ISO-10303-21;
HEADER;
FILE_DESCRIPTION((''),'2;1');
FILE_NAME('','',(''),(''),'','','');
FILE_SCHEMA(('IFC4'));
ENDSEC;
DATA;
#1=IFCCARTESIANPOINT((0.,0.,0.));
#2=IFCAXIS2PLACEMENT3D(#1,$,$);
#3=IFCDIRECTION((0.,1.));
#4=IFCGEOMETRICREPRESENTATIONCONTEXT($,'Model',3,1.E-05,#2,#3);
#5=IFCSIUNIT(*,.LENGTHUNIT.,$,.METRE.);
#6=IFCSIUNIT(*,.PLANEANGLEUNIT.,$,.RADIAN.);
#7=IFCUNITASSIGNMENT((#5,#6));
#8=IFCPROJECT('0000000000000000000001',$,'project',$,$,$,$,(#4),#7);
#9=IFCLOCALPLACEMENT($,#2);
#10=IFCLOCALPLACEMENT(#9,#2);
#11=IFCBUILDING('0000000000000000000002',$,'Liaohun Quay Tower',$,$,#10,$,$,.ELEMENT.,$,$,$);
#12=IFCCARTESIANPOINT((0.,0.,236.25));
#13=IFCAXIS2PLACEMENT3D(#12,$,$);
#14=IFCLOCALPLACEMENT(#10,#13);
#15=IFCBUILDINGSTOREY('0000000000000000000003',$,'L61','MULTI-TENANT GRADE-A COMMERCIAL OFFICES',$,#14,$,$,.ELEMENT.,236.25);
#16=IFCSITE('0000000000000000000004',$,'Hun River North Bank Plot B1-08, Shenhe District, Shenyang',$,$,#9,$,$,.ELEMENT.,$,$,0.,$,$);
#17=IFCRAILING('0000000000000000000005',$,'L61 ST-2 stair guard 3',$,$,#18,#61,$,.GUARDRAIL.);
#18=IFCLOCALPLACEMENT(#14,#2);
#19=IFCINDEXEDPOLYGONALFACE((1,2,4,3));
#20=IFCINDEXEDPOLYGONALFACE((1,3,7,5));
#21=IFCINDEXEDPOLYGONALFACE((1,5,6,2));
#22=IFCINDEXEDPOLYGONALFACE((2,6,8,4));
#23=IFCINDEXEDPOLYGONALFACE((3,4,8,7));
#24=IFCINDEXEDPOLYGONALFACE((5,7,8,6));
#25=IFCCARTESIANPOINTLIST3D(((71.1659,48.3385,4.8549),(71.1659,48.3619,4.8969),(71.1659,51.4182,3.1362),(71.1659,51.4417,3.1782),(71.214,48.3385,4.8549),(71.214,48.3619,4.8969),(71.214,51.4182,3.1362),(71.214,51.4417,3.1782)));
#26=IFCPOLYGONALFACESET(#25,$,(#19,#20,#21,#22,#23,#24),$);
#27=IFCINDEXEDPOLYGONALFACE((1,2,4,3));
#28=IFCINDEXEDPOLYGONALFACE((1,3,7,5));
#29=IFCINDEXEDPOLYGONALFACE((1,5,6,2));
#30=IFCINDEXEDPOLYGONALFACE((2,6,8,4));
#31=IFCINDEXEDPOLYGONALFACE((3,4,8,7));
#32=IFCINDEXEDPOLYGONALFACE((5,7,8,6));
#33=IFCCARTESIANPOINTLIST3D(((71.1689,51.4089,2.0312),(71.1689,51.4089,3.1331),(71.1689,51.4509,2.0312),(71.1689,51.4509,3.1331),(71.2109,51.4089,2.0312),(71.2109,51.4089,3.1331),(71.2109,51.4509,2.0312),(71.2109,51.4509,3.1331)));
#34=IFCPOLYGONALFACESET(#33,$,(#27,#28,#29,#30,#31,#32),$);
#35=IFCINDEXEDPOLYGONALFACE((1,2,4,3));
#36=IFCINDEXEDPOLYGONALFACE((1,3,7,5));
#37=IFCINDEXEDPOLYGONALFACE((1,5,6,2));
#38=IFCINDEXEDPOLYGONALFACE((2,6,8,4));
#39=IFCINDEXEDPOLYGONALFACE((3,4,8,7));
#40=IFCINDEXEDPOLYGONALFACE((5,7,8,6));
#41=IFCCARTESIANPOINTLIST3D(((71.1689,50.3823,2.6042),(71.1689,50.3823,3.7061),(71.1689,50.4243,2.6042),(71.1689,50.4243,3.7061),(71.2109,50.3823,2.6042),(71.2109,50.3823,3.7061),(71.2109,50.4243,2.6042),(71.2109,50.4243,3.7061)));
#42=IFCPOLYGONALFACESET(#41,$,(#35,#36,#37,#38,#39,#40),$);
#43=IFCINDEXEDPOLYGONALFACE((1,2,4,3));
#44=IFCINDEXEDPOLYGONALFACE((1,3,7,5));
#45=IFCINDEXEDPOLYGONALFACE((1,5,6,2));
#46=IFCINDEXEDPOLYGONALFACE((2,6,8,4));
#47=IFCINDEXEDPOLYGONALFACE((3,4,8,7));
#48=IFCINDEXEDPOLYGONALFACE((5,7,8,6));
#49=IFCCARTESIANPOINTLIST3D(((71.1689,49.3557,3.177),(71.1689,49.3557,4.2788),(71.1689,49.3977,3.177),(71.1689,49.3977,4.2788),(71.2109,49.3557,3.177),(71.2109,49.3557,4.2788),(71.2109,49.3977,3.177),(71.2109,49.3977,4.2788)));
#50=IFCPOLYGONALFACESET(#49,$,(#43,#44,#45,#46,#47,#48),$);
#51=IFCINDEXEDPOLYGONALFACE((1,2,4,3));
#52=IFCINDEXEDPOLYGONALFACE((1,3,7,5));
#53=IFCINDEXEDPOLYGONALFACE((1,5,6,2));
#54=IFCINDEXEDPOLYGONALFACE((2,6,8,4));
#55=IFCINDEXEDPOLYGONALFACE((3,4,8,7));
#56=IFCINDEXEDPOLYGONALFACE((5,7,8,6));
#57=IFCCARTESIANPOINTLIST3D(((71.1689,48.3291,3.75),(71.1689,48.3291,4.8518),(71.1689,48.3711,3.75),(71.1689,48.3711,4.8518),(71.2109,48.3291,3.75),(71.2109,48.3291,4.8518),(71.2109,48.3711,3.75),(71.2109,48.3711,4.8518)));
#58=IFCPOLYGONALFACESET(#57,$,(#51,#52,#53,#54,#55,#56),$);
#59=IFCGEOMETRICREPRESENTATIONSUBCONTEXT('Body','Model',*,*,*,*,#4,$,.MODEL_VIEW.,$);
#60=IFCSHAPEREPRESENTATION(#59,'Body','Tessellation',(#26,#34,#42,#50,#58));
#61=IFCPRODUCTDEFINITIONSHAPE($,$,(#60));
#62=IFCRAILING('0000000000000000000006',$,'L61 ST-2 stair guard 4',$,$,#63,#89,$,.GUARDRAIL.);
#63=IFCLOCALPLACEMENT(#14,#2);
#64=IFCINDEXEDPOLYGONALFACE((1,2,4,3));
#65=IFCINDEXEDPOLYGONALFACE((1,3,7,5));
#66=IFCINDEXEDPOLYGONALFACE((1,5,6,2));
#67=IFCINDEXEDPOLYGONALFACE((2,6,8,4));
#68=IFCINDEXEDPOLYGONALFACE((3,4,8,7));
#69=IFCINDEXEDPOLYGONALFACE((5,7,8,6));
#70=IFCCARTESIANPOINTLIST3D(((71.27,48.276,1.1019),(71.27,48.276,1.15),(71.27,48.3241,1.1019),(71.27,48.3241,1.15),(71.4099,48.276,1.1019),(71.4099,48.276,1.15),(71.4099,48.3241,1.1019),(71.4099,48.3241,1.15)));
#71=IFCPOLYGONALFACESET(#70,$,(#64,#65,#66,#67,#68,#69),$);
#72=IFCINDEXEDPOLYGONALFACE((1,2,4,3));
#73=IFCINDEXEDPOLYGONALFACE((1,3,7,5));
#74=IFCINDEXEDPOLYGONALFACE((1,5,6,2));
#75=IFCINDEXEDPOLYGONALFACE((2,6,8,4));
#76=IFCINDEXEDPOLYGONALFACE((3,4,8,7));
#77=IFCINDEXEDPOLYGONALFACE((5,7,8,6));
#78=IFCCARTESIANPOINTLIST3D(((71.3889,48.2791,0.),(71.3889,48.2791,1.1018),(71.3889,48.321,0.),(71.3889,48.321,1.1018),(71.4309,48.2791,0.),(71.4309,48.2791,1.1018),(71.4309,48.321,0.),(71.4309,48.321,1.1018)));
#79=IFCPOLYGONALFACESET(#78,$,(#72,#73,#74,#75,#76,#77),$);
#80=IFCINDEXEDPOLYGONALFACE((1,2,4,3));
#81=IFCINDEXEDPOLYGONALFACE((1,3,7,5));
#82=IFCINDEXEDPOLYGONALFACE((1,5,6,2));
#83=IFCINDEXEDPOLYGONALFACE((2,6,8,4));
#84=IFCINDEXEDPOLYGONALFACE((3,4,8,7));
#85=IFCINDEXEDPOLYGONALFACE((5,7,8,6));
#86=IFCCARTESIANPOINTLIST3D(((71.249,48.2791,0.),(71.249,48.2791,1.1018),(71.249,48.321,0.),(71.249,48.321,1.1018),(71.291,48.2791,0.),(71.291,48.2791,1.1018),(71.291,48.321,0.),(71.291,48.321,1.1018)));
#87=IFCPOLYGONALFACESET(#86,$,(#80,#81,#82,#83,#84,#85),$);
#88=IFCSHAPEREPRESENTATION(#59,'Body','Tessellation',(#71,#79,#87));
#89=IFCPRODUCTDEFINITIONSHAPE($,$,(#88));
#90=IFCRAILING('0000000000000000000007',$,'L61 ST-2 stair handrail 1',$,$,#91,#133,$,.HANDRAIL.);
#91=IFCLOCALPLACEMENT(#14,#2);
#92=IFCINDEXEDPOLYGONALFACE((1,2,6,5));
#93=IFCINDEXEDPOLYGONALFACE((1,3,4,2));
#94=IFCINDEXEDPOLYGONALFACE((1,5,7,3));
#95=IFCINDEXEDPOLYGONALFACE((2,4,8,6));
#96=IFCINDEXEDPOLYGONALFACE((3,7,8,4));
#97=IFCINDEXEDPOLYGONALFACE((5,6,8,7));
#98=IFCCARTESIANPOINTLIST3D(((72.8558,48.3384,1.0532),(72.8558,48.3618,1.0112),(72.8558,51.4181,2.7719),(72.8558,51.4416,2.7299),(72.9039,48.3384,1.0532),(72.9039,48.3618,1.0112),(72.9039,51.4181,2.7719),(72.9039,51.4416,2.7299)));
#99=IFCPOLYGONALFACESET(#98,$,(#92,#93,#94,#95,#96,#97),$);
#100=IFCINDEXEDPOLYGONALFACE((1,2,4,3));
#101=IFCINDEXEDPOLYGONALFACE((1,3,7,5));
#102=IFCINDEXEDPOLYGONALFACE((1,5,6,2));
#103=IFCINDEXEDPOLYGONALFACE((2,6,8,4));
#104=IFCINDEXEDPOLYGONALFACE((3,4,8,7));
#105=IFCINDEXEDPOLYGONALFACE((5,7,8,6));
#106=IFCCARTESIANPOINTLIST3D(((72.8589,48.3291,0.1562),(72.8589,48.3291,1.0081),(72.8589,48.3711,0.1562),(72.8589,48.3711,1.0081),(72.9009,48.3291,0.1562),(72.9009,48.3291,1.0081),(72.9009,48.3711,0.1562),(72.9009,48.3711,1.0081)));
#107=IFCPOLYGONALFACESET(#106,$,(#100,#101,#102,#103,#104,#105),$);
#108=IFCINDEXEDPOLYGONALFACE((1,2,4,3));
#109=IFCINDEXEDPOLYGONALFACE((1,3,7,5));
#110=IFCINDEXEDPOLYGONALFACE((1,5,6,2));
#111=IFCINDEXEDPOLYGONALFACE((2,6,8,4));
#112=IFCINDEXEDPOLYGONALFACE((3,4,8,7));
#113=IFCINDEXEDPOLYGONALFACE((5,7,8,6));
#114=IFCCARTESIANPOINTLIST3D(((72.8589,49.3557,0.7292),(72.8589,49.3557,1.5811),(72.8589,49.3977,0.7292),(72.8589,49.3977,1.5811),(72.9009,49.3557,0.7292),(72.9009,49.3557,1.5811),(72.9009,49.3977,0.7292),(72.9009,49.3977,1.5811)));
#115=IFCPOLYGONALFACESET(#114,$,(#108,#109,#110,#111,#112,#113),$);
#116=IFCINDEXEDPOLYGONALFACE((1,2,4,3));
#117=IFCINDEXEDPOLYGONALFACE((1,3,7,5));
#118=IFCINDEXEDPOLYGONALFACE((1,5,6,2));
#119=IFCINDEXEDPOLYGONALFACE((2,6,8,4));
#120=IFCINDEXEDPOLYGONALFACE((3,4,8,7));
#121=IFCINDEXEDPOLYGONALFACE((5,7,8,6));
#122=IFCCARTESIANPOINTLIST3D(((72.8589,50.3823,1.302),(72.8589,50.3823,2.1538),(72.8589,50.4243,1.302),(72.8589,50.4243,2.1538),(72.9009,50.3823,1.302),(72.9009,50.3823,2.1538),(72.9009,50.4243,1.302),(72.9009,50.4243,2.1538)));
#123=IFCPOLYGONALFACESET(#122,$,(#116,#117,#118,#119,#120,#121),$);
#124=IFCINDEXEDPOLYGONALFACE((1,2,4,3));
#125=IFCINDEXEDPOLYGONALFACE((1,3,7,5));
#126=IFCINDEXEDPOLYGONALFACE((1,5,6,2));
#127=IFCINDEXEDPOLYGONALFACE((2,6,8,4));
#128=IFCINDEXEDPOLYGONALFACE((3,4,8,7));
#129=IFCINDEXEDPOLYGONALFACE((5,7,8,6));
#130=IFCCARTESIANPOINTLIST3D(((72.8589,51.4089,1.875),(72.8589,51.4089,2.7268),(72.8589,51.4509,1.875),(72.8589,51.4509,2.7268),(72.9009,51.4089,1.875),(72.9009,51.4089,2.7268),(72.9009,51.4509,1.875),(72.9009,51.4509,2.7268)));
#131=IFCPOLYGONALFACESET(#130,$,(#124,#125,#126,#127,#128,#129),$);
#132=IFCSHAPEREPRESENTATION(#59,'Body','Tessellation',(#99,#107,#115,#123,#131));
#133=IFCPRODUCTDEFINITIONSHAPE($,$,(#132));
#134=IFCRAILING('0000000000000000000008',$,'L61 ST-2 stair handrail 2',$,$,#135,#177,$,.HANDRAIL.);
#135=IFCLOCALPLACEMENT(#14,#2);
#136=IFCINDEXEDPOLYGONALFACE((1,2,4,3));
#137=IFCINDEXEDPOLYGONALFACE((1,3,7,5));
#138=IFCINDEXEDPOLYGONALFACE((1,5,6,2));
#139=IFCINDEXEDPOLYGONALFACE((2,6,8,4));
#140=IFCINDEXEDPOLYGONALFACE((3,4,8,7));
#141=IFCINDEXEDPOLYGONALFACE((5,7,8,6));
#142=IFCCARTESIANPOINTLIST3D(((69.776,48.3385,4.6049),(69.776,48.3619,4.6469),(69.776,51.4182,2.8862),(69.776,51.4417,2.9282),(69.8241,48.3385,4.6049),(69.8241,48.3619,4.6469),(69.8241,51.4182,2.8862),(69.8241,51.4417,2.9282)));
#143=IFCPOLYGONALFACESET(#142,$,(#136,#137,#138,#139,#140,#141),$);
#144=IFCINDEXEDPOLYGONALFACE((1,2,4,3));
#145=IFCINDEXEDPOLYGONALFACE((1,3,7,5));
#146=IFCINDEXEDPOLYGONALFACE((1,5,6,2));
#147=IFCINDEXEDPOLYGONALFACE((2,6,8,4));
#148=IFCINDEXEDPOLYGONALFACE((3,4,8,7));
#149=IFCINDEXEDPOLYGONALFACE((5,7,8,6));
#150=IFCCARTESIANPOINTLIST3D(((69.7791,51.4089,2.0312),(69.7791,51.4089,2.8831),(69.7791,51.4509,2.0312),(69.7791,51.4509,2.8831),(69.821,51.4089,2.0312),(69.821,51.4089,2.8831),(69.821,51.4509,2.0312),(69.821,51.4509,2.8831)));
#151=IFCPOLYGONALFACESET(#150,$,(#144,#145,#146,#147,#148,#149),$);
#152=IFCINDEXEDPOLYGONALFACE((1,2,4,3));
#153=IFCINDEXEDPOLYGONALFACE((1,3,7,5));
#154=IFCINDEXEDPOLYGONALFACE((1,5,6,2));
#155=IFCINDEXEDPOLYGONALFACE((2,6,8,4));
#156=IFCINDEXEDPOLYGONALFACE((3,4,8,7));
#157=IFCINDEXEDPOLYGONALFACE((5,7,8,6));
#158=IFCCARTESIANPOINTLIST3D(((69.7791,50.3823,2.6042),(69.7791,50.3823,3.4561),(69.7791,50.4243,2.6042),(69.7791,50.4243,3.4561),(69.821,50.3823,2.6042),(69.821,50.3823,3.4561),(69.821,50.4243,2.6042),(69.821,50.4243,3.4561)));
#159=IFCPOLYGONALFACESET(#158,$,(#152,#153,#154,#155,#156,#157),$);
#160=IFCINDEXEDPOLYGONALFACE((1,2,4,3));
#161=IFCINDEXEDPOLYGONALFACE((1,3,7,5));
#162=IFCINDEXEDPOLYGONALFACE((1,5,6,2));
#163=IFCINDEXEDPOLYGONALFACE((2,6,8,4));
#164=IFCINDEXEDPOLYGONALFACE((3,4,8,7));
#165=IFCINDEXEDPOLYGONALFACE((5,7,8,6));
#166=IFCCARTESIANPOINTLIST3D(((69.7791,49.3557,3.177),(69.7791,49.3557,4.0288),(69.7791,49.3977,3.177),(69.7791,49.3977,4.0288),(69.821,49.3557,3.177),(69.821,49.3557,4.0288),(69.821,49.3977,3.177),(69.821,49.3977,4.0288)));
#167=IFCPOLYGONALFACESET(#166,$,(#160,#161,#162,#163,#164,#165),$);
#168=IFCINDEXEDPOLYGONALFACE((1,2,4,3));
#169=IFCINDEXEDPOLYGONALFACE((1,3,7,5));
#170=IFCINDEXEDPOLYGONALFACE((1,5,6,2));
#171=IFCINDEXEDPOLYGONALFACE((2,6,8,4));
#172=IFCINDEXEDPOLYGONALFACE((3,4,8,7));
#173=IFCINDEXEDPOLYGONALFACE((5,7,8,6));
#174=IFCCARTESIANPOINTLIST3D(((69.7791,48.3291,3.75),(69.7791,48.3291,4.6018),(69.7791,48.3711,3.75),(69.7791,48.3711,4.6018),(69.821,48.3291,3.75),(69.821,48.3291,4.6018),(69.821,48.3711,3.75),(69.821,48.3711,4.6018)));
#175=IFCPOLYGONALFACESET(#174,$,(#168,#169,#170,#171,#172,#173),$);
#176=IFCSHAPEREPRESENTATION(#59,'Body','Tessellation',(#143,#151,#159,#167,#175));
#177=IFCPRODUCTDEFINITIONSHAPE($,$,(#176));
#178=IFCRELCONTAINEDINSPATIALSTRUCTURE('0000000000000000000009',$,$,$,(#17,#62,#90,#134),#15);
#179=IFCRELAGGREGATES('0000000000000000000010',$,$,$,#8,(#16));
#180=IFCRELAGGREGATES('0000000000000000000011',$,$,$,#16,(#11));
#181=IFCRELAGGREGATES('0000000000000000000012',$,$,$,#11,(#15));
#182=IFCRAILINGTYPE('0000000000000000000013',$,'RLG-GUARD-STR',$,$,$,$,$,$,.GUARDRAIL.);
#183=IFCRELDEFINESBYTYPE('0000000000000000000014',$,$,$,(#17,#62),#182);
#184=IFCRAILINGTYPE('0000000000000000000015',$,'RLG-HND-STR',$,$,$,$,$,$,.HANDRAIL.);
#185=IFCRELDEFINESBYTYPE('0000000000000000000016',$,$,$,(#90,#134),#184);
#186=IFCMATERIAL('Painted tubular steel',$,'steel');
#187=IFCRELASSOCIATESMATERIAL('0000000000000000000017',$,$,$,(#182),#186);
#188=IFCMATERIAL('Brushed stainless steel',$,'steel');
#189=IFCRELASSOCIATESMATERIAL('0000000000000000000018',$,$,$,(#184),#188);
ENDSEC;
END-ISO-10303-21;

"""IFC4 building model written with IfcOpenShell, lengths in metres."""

from ifc_helpers import new_model, si_unit, direction, frame, origin, origin_2d, place, context, subcontext, project, spatial, rectangle, extrude, material, type_object, element, save


model = new_model("IFC4")

# Units and contexts
model_context = context("Model", 3, precision=1e-05, world=origin(), true_north=direction((0.0, 1.0)))
body_context = subcontext(model_context, "Body", "Model", "MODEL_VIEW")
ifc_project = project(units=[si_unit("LENGTHUNIT", "METRE"), si_unit("PLANEANGLEUNIT", "RADIAN")], contexts=[model_context])

# Site, building, storey
site_placement = place(None, origin())
site = spatial("IfcSite", under=ifc_project, at=site_placement, Name="Hun River North Bank Plot B1-08, Shenhe District, Shenyang", CompositionType="ELEMENT", RefElevation=0.0)
building_placement = place(site_placement, origin())
building = spatial("IfcBuilding", under=site, at=building_placement, Name="Liaohun Quay Tower", CompositionType="ELEMENT")
storey_placement = place(building_placement, frame((0.0, 0.0, 236.25)))
storey = spatial("IfcBuildingStorey", under=building, at=storey_placement, Name="L61", Description="MULTI-TENANT GRADE-A COMMERCIAL OFFICES", CompositionType="ELEMENT", Elevation=236.25)

# Railings
ifc_material_1 = material(Name="Painted tubular steel", Category="steel")
railing_type_1 = type_object("IfcRailingType", Name="RLG-GUARD-STR", PredefinedType="GUARDRAIL", material=ifc_material_1)
railing_1_placement = place(storey_placement, frame((71.1899, 51.4299, 2.0312)))
element("IfcRailing", 1, at=railing_1_placement, inside=storey, type_object=railing_type_1, Name="L61 ST-2 stair guard 3", PredefinedType="GUARDRAIL", context=body_context, shape_type="SweptSolid", body=[
    extrude(rectangle(XDim=0.0481, YDim=0.0481, at=origin_2d()), frame((0.0, 0.0, 1.126), z_axis=(0.0, -0.873225, 0.487317), x_axis=(1.0, 0.0, 0.0)), (0.0, 0.0, 1.0), 3.5269),
    extrude(rectangle(XDim=0.042, YDim=0.042, at=origin_2d()), origin(), (0.0, 0.0, 1.0), 1.1018),
    extrude(rectangle(XDim=0.042, YDim=0.042, at=origin_2d()), frame((0.0, -1.0266, 0.573)), (0.0, 0.0, 1.0), 1.1018),
    extrude(rectangle(XDim=0.042, YDim=0.042, at=origin_2d()), frame((0.0, -2.0532, 1.1458)), (0.0, 0.0, 1.0), 1.1018),
    extrude(rectangle(XDim=0.042, YDim=0.042, at=origin_2d()), frame((0.0, -3.0798, 1.7188)), (0.0, 0.0, 1.0), 1.1018),
])
railing_2_placement = place(storey_placement, frame((71.4099, 48.3, 0.0)))
element("IfcRailing", 2, at=railing_2_placement, inside=storey, type_object=railing_type_1, Name="L61 ST-2 stair guard 4", PredefinedType="GUARDRAIL", context=body_context, shape_type="SweptSolid", body=[
    extrude(rectangle(XDim=0.0481, YDim=0.0481, at=origin_2d()), frame((0.0, 0.0, 1.126), z_axis=(-1.0, 0.0, 0.0), x_axis=(0.0, -1.0, 0.0)), (0.0, 0.0, 1.0), 0.1399),
    extrude(rectangle(XDim=0.042, YDim=0.042, at=origin_2d()), origin(), (0.0, 0.0, 1.0), 1.1018),
    extrude(rectangle(XDim=0.042, YDim=0.042, at=origin_2d()), frame((-0.1399, 0.0, 0.0)), (0.0, 0.0, 1.0), 1.1018),
])
ifc_material_2 = material(Name="Brushed stainless steel", Category="steel")
railing_type_2 = type_object("IfcRailingType", Name="RLG-HND-STR", PredefinedType="HANDRAIL", material=ifc_material_2)
railing_3_placement = place(storey_placement, frame((72.8799, 48.3501, 0.1562)))
element("IfcRailing", 3, at=railing_3_placement, inside=storey, type_object=railing_type_2, Name="L61 ST-2 stair handrail 1", PredefinedType="HANDRAIL", context=body_context, shape_type="SweptSolid", body=[
    extrude(rectangle(XDim=0.0481, YDim=0.0481, at=origin_2d()), frame((0.0, 0.0, 0.876), z_axis=(0.0, 0.873225, 0.487317), x_axis=(-1.0, 0.0, 0.0)), (0.0, 0.0, 1.0), 3.5269),
    extrude(rectangle(XDim=0.042, YDim=0.042, at=origin_2d()), origin(), (0.0, 0.0, 1.0), 0.8518),
    extrude(rectangle(XDim=0.042, YDim=0.042, at=origin_2d()), frame((0.0, 1.0266, 0.573)), (0.0, 0.0, 1.0), 0.8518),
    extrude(rectangle(XDim=0.042, YDim=0.042, at=origin_2d()), frame((0.0, 2.0532, 1.1458)), (0.0, 0.0, 1.0), 0.8518),
    extrude(rectangle(XDim=0.042, YDim=0.042, at=origin_2d()), frame((0.0, 3.0798, 1.7188)), (0.0, 0.0, 1.0), 0.8518),
])
railing_4_placement = place(storey_placement, frame((69.8, 51.4299, 2.0312)))
element("IfcRailing", 4, at=railing_4_placement, inside=storey, type_object=railing_type_2, Name="L61 ST-2 stair handrail 2", PredefinedType="HANDRAIL", context=body_context, shape_type="SweptSolid", body=[
    extrude(rectangle(XDim=0.0481, YDim=0.0481, at=origin_2d()), frame((0.0, 0.0, 0.876), z_axis=(0.0, -0.873225, 0.487317), x_axis=(1.0, 0.0, 0.0)), (0.0, 0.0, 1.0), 3.5269),
    extrude(rectangle(XDim=0.042, YDim=0.042, at=origin_2d()), origin(), (0.0, 0.0, 1.0), 0.8518),
    extrude(rectangle(XDim=0.042, YDim=0.042, at=origin_2d()), frame((0.0, -1.0266, 0.573)), (0.0, 0.0, 1.0), 0.8518),
    extrude(rectangle(XDim=0.042, YDim=0.042, at=origin_2d()), frame((0.0, -2.0532, 1.1458)), (0.0, 0.0, 1.0), 0.8518),
    extrude(rectangle(XDim=0.042, YDim=0.042, at=origin_2d()), frame((0.0, -3.0798, 1.7188)), (0.0, 0.0, 1.0), 0.8518),
])

save(model, "model.ifc")
